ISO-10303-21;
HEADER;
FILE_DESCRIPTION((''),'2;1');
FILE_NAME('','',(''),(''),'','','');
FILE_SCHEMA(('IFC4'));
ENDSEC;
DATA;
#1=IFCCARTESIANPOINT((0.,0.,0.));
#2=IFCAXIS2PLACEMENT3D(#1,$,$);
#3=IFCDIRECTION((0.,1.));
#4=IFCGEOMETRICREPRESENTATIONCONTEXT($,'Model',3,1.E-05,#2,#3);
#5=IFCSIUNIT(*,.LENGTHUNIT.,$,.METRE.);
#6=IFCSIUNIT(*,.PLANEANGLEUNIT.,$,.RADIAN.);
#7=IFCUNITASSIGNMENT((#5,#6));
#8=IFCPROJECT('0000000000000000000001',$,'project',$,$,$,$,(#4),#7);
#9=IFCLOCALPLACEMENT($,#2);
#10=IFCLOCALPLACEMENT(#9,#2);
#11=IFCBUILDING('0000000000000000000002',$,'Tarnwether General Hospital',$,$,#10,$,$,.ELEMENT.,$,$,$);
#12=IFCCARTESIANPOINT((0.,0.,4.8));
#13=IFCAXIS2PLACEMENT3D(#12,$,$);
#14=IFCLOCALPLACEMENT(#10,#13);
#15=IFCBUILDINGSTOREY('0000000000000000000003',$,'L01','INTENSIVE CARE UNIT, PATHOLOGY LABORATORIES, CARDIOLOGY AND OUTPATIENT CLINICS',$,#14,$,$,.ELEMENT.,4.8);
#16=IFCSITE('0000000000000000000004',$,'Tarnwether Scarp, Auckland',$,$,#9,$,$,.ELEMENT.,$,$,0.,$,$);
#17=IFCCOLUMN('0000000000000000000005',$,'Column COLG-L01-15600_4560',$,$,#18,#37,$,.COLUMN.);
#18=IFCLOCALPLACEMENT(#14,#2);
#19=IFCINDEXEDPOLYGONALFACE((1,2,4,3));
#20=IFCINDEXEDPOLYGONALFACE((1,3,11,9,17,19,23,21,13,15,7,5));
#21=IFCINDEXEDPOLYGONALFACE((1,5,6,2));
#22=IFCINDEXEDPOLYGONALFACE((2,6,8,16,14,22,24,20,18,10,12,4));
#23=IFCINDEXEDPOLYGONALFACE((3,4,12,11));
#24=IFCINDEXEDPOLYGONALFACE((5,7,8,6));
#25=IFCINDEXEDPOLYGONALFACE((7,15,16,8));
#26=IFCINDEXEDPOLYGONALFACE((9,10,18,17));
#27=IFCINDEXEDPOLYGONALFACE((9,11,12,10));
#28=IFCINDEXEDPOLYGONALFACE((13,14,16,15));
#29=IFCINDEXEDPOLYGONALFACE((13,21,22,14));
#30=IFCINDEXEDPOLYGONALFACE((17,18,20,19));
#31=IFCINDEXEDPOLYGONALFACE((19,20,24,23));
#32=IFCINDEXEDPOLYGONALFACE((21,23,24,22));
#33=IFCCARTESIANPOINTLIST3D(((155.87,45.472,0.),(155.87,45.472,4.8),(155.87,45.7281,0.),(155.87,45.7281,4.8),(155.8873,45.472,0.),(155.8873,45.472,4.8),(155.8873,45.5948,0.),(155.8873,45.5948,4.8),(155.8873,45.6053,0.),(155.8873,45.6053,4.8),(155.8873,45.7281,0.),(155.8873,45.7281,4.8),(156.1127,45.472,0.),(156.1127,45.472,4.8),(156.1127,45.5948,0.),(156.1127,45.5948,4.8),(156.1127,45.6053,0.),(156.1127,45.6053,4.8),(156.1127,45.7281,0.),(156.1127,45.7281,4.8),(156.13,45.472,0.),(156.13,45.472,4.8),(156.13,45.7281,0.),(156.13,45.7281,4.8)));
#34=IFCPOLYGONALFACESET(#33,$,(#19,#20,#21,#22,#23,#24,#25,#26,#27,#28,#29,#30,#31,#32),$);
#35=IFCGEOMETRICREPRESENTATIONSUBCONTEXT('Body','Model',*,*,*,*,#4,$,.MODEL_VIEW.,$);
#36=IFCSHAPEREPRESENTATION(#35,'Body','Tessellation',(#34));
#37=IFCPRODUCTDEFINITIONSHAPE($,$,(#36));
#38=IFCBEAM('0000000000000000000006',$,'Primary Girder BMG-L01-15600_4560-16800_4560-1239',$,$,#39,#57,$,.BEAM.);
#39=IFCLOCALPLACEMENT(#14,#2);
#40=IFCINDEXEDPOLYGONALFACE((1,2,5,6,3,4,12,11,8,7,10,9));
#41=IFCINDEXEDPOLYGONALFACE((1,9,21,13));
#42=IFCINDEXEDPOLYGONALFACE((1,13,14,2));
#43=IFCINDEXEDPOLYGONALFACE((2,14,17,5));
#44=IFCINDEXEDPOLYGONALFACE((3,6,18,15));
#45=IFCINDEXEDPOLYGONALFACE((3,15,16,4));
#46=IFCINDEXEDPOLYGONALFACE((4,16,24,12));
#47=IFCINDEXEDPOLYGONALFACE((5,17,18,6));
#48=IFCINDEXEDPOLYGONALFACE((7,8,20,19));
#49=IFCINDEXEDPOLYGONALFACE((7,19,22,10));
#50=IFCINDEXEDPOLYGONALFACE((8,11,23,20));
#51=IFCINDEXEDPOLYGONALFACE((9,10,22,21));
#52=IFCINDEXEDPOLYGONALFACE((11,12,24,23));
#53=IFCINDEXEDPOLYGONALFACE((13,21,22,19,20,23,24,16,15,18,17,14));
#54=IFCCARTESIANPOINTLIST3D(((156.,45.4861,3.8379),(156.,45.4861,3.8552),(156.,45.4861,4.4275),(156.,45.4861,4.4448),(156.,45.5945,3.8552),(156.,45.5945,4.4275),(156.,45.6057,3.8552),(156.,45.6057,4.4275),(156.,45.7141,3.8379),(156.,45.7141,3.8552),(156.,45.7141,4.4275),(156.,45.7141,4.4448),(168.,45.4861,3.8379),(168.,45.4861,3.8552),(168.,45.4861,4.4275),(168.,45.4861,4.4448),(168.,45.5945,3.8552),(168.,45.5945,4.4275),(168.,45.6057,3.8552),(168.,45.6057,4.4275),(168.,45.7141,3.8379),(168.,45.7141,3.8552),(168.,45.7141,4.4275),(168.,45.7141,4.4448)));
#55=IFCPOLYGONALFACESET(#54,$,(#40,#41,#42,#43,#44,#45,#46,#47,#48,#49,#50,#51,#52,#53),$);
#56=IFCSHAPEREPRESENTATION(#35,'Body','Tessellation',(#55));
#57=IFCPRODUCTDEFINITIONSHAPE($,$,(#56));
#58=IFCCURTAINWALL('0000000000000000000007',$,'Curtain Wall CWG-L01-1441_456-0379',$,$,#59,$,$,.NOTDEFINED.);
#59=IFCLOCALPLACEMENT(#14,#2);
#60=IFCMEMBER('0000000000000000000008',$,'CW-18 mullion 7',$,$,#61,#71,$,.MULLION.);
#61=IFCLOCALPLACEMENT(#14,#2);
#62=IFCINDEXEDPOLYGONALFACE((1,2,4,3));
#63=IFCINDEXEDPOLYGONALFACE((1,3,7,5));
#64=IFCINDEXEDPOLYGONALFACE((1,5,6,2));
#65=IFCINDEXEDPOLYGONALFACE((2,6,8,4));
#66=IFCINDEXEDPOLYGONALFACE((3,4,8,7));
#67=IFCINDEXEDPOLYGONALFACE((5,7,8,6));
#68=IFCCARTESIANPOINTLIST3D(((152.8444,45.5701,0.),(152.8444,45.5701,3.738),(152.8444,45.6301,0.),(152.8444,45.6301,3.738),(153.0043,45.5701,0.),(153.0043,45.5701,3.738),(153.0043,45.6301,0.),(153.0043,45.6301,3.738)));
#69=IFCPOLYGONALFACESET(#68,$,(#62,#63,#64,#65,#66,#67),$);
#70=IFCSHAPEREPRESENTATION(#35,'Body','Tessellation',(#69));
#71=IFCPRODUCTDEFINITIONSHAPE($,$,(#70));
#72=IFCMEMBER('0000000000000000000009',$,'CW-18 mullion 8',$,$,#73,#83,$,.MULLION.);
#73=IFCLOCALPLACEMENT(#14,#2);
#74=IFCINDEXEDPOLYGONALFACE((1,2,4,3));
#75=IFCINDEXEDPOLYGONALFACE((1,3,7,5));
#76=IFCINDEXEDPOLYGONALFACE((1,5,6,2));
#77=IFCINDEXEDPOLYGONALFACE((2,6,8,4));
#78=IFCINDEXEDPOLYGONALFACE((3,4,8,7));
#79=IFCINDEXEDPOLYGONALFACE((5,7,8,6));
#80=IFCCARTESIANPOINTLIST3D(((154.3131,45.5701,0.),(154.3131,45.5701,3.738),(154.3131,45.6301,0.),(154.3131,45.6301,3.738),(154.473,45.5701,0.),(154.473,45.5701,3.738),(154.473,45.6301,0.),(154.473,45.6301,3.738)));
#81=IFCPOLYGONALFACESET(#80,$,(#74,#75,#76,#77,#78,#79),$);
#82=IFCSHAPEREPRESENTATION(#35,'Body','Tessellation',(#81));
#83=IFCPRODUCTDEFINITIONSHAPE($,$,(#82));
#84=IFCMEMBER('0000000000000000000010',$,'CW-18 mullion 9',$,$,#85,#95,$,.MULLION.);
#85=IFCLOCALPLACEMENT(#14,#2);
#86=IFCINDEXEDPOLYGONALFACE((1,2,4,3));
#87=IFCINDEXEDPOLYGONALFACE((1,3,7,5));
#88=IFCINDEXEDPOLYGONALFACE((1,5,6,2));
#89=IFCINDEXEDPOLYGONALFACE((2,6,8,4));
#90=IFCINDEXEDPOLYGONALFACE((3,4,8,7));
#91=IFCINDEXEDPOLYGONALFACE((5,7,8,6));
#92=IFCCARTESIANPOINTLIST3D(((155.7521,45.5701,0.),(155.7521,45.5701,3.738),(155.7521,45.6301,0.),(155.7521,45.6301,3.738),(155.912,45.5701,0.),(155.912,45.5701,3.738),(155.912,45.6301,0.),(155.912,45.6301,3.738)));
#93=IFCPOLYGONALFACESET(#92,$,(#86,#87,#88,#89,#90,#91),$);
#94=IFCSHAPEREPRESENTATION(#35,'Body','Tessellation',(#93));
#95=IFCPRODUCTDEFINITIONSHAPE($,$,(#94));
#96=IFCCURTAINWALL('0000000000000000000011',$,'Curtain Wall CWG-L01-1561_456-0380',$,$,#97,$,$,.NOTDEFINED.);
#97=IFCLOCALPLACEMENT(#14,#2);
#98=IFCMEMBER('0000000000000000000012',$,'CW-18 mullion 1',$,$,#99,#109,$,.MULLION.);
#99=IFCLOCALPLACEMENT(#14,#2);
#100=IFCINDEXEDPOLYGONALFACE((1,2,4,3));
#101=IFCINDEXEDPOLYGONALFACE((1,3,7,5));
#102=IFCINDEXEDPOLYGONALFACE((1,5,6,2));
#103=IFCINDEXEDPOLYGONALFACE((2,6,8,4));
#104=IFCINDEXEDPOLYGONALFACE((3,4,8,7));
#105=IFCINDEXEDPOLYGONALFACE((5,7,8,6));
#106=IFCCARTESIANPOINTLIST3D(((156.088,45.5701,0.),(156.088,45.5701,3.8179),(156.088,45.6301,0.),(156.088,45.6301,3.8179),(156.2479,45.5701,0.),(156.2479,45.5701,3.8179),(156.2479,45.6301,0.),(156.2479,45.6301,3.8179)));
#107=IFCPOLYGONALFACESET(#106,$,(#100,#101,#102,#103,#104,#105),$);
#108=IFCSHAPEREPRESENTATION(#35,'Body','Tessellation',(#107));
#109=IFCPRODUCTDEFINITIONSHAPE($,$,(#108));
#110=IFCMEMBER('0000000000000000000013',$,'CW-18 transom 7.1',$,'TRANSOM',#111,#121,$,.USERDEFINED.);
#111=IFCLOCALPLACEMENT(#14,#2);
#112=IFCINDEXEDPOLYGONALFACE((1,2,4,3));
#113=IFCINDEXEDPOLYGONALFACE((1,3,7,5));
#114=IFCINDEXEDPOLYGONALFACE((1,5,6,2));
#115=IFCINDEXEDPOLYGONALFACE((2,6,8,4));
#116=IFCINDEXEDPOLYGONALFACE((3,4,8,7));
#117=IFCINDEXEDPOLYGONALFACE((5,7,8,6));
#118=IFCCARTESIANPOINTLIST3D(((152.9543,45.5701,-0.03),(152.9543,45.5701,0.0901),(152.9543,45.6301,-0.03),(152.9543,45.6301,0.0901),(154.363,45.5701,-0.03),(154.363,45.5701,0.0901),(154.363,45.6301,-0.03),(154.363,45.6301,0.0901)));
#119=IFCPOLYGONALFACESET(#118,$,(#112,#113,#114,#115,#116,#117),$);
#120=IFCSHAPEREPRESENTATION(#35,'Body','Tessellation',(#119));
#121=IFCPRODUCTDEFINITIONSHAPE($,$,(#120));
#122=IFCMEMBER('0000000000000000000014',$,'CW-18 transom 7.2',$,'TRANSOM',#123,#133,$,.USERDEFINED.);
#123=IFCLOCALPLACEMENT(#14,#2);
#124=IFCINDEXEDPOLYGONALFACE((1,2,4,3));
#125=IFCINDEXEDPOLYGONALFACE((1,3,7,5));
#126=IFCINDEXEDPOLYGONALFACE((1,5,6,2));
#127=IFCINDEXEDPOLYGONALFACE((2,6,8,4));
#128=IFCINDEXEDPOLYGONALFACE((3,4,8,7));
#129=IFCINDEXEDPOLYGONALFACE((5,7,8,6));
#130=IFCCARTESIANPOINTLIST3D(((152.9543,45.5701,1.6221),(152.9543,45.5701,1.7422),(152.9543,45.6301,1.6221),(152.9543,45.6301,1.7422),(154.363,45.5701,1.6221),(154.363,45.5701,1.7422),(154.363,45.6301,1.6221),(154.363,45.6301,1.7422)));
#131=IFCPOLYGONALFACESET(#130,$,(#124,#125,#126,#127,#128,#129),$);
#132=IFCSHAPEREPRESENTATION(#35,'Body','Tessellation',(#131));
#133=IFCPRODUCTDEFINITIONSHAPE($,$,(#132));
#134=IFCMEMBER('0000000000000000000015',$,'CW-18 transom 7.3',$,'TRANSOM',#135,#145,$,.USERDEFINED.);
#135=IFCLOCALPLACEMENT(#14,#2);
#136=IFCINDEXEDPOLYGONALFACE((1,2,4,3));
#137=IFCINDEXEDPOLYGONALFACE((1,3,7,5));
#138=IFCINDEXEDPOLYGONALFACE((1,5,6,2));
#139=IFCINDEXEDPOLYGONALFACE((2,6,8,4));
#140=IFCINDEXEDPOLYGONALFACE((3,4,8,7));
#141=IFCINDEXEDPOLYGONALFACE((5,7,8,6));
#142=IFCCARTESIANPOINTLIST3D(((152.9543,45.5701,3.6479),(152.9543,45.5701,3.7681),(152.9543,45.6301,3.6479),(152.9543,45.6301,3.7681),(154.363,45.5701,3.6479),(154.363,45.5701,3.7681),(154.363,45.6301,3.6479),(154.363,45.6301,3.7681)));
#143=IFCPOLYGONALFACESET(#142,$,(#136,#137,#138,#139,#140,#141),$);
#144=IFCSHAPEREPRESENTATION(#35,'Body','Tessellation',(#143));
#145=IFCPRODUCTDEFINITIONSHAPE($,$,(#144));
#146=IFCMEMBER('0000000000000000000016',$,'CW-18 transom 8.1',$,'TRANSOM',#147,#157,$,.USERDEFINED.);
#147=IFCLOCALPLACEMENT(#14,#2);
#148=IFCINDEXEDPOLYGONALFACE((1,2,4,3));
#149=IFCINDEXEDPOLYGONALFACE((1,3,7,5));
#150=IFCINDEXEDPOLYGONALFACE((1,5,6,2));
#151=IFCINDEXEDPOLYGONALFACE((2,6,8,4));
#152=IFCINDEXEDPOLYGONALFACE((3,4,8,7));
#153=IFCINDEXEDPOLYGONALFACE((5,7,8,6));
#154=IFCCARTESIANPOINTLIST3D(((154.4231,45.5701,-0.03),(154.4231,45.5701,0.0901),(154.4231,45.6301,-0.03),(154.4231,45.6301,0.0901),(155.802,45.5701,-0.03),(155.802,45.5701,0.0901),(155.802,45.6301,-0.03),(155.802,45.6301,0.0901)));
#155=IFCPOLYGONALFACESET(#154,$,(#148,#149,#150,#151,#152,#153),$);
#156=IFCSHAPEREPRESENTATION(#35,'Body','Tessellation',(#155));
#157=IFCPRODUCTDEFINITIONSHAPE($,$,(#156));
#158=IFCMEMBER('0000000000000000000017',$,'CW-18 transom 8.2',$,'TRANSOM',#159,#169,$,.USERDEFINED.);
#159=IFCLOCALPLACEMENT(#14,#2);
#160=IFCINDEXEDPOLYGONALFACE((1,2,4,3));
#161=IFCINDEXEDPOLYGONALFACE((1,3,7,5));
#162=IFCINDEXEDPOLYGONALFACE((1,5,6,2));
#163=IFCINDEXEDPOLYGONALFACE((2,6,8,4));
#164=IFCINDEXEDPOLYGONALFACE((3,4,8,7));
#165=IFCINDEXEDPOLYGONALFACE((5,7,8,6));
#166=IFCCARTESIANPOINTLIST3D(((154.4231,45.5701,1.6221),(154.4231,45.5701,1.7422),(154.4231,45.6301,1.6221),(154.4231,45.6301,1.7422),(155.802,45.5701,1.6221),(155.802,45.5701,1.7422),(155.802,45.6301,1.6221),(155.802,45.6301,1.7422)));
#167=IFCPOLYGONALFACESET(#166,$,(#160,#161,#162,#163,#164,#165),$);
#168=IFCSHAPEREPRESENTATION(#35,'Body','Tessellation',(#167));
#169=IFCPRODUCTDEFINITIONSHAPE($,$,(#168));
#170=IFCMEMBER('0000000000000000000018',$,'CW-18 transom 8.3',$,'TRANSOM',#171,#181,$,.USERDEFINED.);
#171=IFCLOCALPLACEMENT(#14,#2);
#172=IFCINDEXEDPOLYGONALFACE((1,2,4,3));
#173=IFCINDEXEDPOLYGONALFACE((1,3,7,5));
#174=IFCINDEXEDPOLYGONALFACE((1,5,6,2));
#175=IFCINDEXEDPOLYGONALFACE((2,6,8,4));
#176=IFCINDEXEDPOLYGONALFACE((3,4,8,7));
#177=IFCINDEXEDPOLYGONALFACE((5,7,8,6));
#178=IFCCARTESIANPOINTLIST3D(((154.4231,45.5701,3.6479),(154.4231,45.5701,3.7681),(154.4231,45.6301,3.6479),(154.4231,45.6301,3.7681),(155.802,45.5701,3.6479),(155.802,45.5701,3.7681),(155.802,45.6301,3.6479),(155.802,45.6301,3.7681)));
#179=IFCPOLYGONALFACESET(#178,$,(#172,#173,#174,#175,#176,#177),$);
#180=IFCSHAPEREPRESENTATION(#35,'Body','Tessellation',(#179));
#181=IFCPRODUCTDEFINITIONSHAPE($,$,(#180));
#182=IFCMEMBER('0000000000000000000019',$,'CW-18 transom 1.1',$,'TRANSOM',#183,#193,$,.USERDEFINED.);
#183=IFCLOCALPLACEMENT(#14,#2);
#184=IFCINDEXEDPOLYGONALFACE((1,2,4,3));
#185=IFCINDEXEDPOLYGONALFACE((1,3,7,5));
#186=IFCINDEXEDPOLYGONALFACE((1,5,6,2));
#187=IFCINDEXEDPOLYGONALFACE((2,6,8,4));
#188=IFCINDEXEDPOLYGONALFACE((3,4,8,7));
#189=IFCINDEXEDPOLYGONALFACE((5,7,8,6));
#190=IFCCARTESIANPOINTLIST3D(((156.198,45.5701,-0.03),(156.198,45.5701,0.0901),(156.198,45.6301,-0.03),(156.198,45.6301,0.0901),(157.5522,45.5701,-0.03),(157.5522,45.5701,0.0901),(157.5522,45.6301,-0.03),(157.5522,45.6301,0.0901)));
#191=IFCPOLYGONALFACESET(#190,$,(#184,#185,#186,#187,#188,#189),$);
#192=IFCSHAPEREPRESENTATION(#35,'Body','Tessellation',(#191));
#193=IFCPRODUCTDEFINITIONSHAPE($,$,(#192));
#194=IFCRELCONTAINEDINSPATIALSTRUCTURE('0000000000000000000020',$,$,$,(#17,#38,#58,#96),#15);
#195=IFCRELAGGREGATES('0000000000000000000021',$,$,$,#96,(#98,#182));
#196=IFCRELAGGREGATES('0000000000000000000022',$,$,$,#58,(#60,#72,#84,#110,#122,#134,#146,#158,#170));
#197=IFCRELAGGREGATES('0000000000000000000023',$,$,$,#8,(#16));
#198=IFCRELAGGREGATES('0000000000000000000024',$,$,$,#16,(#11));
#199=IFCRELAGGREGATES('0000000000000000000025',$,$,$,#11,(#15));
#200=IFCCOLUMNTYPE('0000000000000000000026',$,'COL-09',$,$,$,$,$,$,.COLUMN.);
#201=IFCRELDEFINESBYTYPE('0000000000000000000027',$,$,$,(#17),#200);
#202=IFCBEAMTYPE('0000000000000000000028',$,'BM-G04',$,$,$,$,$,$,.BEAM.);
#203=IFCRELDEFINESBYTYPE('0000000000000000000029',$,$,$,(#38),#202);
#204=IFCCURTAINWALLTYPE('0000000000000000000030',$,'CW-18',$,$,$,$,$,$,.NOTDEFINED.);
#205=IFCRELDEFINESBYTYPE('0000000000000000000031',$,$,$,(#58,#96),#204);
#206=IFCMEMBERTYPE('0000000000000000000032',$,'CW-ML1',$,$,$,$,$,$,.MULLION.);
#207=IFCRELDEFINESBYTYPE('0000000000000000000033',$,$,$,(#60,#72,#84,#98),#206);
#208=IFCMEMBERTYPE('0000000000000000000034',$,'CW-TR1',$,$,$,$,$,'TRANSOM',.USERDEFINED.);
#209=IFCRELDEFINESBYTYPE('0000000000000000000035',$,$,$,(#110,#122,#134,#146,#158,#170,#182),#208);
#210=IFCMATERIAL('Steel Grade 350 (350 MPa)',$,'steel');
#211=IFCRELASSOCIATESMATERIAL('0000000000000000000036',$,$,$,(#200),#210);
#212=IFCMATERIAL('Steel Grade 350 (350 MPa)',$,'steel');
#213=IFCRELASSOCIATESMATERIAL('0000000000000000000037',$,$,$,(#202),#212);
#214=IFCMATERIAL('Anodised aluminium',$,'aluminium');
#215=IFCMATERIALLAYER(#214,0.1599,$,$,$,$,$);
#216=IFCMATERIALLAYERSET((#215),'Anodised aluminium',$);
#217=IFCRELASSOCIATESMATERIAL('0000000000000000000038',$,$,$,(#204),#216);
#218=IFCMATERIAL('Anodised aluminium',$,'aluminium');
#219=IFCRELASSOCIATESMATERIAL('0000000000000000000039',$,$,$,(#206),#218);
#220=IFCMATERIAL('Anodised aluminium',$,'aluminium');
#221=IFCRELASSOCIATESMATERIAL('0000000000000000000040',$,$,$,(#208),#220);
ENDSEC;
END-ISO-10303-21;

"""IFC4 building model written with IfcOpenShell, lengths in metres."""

from ifc_helpers import new_model, si_unit, direction, frame, origin, origin_2d, place, context, subcontext, project, spatial, rectangle, i_section, extrude, material, layer, layer_set, material_profile, profile_set, type_object, element, aggregate, save


model = new_model("IFC4")

# Units and contexts
model_context = context("Model", 3, precision=1e-05, world=origin(), true_north=direction((0.0, 1.0)))
body_context = subcontext(model_context, "Body", "Model", "MODEL_VIEW")
ifc_project = project(units=[si_unit("LENGTHUNIT", "METRE"), si_unit("PLANEANGLEUNIT", "RADIAN")], contexts=[model_context])

# Site, building, storey
site_placement = place(None, origin())
site = spatial("IfcSite", under=ifc_project, at=site_placement, Name="Tarnwether Scarp, Auckland", CompositionType="ELEMENT", RefElevation=0.0)
building_placement = place(site_placement, origin())
building = spatial("IfcBuilding", under=site, at=building_placement, Name="Tarnwether General Hospital", CompositionType="ELEMENT")
storey_placement = place(building_placement, frame((0.0, 0.0, 4.8)))
storey = spatial("IfcBuildingStorey", under=building, at=storey_placement, Name="L01", Description="INTENSIVE CARE UNIT, PATHOLOGY LABORATORIES, CARDIOLOGY AND OUTPATIENT CLINICS", CompositionType="ELEMENT", Elevation=4.8)

# Column
ifc_material_1 = material(Name="Steel Grade 350 (350 MPa)", Category="steel")
ifc_material_profile_1 = material_profile(ifc_material_1, i_section(OverallWidth=0.2561, OverallDepth=0.26, WebThickness=0.0105, FlangeThickness=0.0173, at=origin_2d()), Name="250UC89.5")
ifc_profile_set_1 = profile_set([ifc_material_profile_1], Name="Steel Grade 350 (350 MPa)")
column_type = type_object("IfcColumnType", Name="COL-09", PredefinedType="COLUMN", material=ifc_profile_set_1)
column_placement = place(storey_placement, frame((156.0, 45.6001, 0.0), z_axis=(0.0, 0.0, 1.0), x_axis=(0.0, 1.0, 0.0)))
element("IfcColumn", 1, at=column_placement, inside=storey, type_object=column_type, Name="Column COLG-L01-15600_4560", PredefinedType="COLUMN", context=body_context, shape_type="SweptSolid", body=[
    extrude(i_section(OverallWidth=0.2561, OverallDepth=0.26, WebThickness=0.0105, FlangeThickness=0.0173, at=origin_2d()), origin(), (0.0, 0.0, 1.0), 4.8),
])

# Beam
ifc_material_2 = material(Name="Steel Grade 350 (350 MPa)", Category="steel")
ifc_material_profile_2 = material_profile(ifc_material_2, i_section(OverallWidth=0.228, OverallDepth=0.6069, WebThickness=0.0112, FlangeThickness=0.0173, at=origin_2d()), Name="610UB113")
ifc_profile_set_2 = profile_set([ifc_material_profile_2], Name="Steel Grade 350 (350 MPa)")
beam_type = type_object("IfcBeamType", Name="BM-G04", PredefinedType="BEAM", material=ifc_profile_set_2)
beam_placement = place(storey_placement, frame((156.0, 45.6001, 4.1414), z_axis=(1.0, 0.0, 0.0), x_axis=(0.0, 1.0, 0.0)))
element("IfcBeam", 2, at=beam_placement, inside=storey, type_object=beam_type, Name="Primary Girder BMG-L01-15600_4560-16800_4560-1239", PredefinedType="BEAM", context=body_context, shape_type="SweptSolid", body=[
    extrude(i_section(OverallWidth=0.228, OverallDepth=0.6069, WebThickness=0.0112, FlangeThickness=0.0173, at=origin_2d()), origin(), (0.0, 0.0, 1.0), 12.0),
])

# Curtain wall, members
ifc_material_3 = material(Name="Anodised aluminium", Category="aluminium")
ifc_layer_1 = layer(ifc_material_3, 0.1599)
ifc_layer_set_1 = layer_set([ifc_layer_1], Name="Anodised aluminium")
curtain_wall_type = type_object("IfcCurtainWallType", Name="CW-18", PredefinedType="NOTDEFINED", material=ifc_layer_set_1)
curtain_wall_1_placement = place(storey_placement, origin())
curtain_wall_1 = element("IfcCurtainWall", 3, at=curtain_wall_1_placement, inside=storey, type_object=curtain_wall_type, Name="Curtain Wall CWG-L01-1441_456-0379", PredefinedType="NOTDEFINED")
ifc_material_4 = material(Name="Anodised aluminium", Category="aluminium")
ifc_material_profile_3 = material_profile(ifc_material_4, rectangle(XDim=0.0601, YDim=0.1599, at=origin_2d()), Name="ALU-MUL-60x160")
ifc_profile_set_3 = profile_set([ifc_material_profile_3], Name="Anodised aluminium")
member_type_1 = type_object("IfcMemberType", Name="CW-ML1", PredefinedType="MULLION", material=ifc_profile_set_3)
member_1_placement = place(storey_placement, frame((152.9243, 45.6001, 0.0), z_axis=(0.0, 0.0, 1.0), x_axis=(0.0, 1.0, 0.0)))
member_1 = element("IfcMember", 4, at=member_1_placement, type_object=member_type_1, Name="CW-18 mullion 7", PredefinedType="MULLION", context=body_context, shape_type="SweptSolid", body=[
    extrude(rectangle(XDim=0.0601, YDim=0.1599, at=origin_2d()), origin(), (0.0, 0.0, 1.0), 3.738),
])
member_2_placement = place(storey_placement, frame((154.3931, 45.6001, 0.0), z_axis=(0.0, 0.0, 1.0), x_axis=(0.0, 1.0, 0.0)))
member_2 = element("IfcMember", 5, at=member_2_placement, type_object=member_type_1, Name="CW-18 mullion 8", PredefinedType="MULLION", context=body_context, shape_type="SweptSolid", body=[
    extrude(rectangle(XDim=0.0601, YDim=0.1599, at=origin_2d()), origin(), (0.0, 0.0, 1.0), 3.738),
])
member_3_placement = place(storey_placement, frame((155.832, 45.6001, 0.0), z_axis=(0.0, 0.0, 1.0), x_axis=(0.0, 1.0, 0.0)))
member_3 = element("IfcMember", 6, at=member_3_placement, type_object=member_type_1, Name="CW-18 mullion 9", PredefinedType="MULLION", context=body_context, shape_type="SweptSolid", body=[
    extrude(rectangle(XDim=0.0601, YDim=0.1599, at=origin_2d()), origin(), (0.0, 0.0, 1.0), 3.738),
])

# Curtain wall, member
curtain_wall_2_placement = place(storey_placement, origin())
curtain_wall_2 = element("IfcCurtainWall", 7, at=curtain_wall_2_placement, inside=storey, type_object=curtain_wall_type, Name="Curtain Wall CWG-L01-1561_456-0380", PredefinedType="NOTDEFINED")
member_4_placement = place(storey_placement, frame((156.168, 45.6001, 0.0), z_axis=(0.0, 0.0, 1.0), x_axis=(0.0, 1.0, 0.0)))
member_4 = element("IfcMember", 8, at=member_4_placement, type_object=member_type_1, Name="CW-18 mullion 1", PredefinedType="MULLION", context=body_context, shape_type="SweptSolid", body=[
    extrude(rectangle(XDim=0.0601, YDim=0.1599, at=origin_2d()), origin(), (0.0, 0.0, 1.0), 3.8179),
])

# Members
ifc_material_5 = material(Name="Anodised aluminium", Category="aluminium")
ifc_material_profile_4 = material_profile(ifc_material_5, rectangle(XDim=0.0601, YDim=0.1201, at=origin_2d()), Name="ALU-TRN-60x120")
ifc_profile_set_4 = profile_set([ifc_material_profile_4], Name="Anodised aluminium")
member_type_2 = type_object("IfcMemberType", Name="CW-TR1", ElementType="TRANSOM", PredefinedType="USERDEFINED", material=ifc_profile_set_4)
member_5_placement = place(storey_placement, frame((152.9543, 45.6001, 0.03), z_axis=(1.0, 0.0, 0.0), x_axis=(0.0, 1.0, 0.0)))
member_5 = element("IfcMember", 9, at=member_5_placement, type_object=member_type_2, Name="CW-18 transom 7.1", ObjectType="TRANSOM", PredefinedType="USERDEFINED", context=body_context, shape_type="SweptSolid", body=[
    extrude(rectangle(XDim=0.0601, YDim=0.1201, at=origin_2d()), origin(), (0.0, 0.0, 1.0), 1.4087),
])
member_6_placement = place(storey_placement, frame((152.9543, 45.6001, 1.6821), z_axis=(1.0, 0.0, 0.0), x_axis=(0.0, 1.0, 0.0)))
member_6 = element("IfcMember", 10, at=member_6_placement, type_object=member_type_2, Name="CW-18 transom 7.2", ObjectType="TRANSOM", PredefinedType="USERDEFINED", context=body_context, shape_type="SweptSolid", body=[
    extrude(rectangle(XDim=0.0601, YDim=0.1201, at=origin_2d()), origin(), (0.0, 0.0, 1.0), 1.4087),
])
member_7_placement = place(storey_placement, frame((152.9543, 45.6001, 3.708), z_axis=(1.0, 0.0, 0.0), x_axis=(0.0, 1.0, 0.0)))
member_7 = element("IfcMember", 11, at=member_7_placement, type_object=member_type_2, Name="CW-18 transom 7.3", ObjectType="TRANSOM", PredefinedType="USERDEFINED", context=body_context, shape_type="SweptSolid", body=[
    extrude(rectangle(XDim=0.0601, YDim=0.1201, at=origin_2d()), origin(), (0.0, 0.0, 1.0), 1.4087),
])
member_8_placement = place(storey_placement, frame((154.4231, 45.6001, 0.03), z_axis=(1.0, 0.0, 0.0), x_axis=(0.0, 1.0, 0.0)))
member_8 = element("IfcMember", 12, at=member_8_placement, type_object=member_type_2, Name="CW-18 transom 8.1", ObjectType="TRANSOM", PredefinedType="USERDEFINED", context=body_context, shape_type="SweptSolid", body=[
    extrude(rectangle(XDim=0.0601, YDim=0.1201, at=origin_2d()), origin(), (0.0, 0.0, 1.0), 1.3789),
])
member_9_placement = place(storey_placement, frame((154.4231, 45.6001, 1.6821), z_axis=(1.0, 0.0, 0.0), x_axis=(0.0, 1.0, 0.0)))
member_9 = element("IfcMember", 13, at=member_9_placement, type_object=member_type_2, Name="CW-18 transom 8.2", ObjectType="TRANSOM", PredefinedType="USERDEFINED", context=body_context, shape_type="SweptSolid", body=[
    extrude(rectangle(XDim=0.0601, YDim=0.1201, at=origin_2d()), origin(), (0.0, 0.0, 1.0), 1.3789),
])
member_10_placement = place(storey_placement, frame((154.4231, 45.6001, 3.708), z_axis=(1.0, 0.0, 0.0), x_axis=(0.0, 1.0, 0.0)))
member_10 = element("IfcMember", 14, at=member_10_placement, type_object=member_type_2, Name="CW-18 transom 8.3", ObjectType="TRANSOM", PredefinedType="USERDEFINED", context=body_context, shape_type="SweptSolid", body=[
    extrude(rectangle(XDim=0.0601, YDim=0.1201, at=origin_2d()), origin(), (0.0, 0.0, 1.0), 1.3789),
])
member_11_placement = place(storey_placement, frame((156.198, 45.6001, 0.03), z_axis=(1.0, 0.0, 0.0), x_axis=(0.0, 1.0, 0.0)))
member_11 = element("IfcMember", 15, at=member_11_placement, type_object=member_type_2, Name="CW-18 transom 1.1", ObjectType="TRANSOM", PredefinedType="USERDEFINED", context=body_context, shape_type="SweptSolid", body=[
    extrude(rectangle(XDim=0.0601, YDim=0.1201, at=origin_2d()), origin(), (0.0, 0.0, 1.0), 1.3542),
])
aggregate(curtain_wall_2, [member_4, member_11])

aggregate(curtain_wall_1, [member_1, member_2, member_3, member_5, member_6, member_7, member_8, member_9, member_10])

save(model, "model.ifc")
